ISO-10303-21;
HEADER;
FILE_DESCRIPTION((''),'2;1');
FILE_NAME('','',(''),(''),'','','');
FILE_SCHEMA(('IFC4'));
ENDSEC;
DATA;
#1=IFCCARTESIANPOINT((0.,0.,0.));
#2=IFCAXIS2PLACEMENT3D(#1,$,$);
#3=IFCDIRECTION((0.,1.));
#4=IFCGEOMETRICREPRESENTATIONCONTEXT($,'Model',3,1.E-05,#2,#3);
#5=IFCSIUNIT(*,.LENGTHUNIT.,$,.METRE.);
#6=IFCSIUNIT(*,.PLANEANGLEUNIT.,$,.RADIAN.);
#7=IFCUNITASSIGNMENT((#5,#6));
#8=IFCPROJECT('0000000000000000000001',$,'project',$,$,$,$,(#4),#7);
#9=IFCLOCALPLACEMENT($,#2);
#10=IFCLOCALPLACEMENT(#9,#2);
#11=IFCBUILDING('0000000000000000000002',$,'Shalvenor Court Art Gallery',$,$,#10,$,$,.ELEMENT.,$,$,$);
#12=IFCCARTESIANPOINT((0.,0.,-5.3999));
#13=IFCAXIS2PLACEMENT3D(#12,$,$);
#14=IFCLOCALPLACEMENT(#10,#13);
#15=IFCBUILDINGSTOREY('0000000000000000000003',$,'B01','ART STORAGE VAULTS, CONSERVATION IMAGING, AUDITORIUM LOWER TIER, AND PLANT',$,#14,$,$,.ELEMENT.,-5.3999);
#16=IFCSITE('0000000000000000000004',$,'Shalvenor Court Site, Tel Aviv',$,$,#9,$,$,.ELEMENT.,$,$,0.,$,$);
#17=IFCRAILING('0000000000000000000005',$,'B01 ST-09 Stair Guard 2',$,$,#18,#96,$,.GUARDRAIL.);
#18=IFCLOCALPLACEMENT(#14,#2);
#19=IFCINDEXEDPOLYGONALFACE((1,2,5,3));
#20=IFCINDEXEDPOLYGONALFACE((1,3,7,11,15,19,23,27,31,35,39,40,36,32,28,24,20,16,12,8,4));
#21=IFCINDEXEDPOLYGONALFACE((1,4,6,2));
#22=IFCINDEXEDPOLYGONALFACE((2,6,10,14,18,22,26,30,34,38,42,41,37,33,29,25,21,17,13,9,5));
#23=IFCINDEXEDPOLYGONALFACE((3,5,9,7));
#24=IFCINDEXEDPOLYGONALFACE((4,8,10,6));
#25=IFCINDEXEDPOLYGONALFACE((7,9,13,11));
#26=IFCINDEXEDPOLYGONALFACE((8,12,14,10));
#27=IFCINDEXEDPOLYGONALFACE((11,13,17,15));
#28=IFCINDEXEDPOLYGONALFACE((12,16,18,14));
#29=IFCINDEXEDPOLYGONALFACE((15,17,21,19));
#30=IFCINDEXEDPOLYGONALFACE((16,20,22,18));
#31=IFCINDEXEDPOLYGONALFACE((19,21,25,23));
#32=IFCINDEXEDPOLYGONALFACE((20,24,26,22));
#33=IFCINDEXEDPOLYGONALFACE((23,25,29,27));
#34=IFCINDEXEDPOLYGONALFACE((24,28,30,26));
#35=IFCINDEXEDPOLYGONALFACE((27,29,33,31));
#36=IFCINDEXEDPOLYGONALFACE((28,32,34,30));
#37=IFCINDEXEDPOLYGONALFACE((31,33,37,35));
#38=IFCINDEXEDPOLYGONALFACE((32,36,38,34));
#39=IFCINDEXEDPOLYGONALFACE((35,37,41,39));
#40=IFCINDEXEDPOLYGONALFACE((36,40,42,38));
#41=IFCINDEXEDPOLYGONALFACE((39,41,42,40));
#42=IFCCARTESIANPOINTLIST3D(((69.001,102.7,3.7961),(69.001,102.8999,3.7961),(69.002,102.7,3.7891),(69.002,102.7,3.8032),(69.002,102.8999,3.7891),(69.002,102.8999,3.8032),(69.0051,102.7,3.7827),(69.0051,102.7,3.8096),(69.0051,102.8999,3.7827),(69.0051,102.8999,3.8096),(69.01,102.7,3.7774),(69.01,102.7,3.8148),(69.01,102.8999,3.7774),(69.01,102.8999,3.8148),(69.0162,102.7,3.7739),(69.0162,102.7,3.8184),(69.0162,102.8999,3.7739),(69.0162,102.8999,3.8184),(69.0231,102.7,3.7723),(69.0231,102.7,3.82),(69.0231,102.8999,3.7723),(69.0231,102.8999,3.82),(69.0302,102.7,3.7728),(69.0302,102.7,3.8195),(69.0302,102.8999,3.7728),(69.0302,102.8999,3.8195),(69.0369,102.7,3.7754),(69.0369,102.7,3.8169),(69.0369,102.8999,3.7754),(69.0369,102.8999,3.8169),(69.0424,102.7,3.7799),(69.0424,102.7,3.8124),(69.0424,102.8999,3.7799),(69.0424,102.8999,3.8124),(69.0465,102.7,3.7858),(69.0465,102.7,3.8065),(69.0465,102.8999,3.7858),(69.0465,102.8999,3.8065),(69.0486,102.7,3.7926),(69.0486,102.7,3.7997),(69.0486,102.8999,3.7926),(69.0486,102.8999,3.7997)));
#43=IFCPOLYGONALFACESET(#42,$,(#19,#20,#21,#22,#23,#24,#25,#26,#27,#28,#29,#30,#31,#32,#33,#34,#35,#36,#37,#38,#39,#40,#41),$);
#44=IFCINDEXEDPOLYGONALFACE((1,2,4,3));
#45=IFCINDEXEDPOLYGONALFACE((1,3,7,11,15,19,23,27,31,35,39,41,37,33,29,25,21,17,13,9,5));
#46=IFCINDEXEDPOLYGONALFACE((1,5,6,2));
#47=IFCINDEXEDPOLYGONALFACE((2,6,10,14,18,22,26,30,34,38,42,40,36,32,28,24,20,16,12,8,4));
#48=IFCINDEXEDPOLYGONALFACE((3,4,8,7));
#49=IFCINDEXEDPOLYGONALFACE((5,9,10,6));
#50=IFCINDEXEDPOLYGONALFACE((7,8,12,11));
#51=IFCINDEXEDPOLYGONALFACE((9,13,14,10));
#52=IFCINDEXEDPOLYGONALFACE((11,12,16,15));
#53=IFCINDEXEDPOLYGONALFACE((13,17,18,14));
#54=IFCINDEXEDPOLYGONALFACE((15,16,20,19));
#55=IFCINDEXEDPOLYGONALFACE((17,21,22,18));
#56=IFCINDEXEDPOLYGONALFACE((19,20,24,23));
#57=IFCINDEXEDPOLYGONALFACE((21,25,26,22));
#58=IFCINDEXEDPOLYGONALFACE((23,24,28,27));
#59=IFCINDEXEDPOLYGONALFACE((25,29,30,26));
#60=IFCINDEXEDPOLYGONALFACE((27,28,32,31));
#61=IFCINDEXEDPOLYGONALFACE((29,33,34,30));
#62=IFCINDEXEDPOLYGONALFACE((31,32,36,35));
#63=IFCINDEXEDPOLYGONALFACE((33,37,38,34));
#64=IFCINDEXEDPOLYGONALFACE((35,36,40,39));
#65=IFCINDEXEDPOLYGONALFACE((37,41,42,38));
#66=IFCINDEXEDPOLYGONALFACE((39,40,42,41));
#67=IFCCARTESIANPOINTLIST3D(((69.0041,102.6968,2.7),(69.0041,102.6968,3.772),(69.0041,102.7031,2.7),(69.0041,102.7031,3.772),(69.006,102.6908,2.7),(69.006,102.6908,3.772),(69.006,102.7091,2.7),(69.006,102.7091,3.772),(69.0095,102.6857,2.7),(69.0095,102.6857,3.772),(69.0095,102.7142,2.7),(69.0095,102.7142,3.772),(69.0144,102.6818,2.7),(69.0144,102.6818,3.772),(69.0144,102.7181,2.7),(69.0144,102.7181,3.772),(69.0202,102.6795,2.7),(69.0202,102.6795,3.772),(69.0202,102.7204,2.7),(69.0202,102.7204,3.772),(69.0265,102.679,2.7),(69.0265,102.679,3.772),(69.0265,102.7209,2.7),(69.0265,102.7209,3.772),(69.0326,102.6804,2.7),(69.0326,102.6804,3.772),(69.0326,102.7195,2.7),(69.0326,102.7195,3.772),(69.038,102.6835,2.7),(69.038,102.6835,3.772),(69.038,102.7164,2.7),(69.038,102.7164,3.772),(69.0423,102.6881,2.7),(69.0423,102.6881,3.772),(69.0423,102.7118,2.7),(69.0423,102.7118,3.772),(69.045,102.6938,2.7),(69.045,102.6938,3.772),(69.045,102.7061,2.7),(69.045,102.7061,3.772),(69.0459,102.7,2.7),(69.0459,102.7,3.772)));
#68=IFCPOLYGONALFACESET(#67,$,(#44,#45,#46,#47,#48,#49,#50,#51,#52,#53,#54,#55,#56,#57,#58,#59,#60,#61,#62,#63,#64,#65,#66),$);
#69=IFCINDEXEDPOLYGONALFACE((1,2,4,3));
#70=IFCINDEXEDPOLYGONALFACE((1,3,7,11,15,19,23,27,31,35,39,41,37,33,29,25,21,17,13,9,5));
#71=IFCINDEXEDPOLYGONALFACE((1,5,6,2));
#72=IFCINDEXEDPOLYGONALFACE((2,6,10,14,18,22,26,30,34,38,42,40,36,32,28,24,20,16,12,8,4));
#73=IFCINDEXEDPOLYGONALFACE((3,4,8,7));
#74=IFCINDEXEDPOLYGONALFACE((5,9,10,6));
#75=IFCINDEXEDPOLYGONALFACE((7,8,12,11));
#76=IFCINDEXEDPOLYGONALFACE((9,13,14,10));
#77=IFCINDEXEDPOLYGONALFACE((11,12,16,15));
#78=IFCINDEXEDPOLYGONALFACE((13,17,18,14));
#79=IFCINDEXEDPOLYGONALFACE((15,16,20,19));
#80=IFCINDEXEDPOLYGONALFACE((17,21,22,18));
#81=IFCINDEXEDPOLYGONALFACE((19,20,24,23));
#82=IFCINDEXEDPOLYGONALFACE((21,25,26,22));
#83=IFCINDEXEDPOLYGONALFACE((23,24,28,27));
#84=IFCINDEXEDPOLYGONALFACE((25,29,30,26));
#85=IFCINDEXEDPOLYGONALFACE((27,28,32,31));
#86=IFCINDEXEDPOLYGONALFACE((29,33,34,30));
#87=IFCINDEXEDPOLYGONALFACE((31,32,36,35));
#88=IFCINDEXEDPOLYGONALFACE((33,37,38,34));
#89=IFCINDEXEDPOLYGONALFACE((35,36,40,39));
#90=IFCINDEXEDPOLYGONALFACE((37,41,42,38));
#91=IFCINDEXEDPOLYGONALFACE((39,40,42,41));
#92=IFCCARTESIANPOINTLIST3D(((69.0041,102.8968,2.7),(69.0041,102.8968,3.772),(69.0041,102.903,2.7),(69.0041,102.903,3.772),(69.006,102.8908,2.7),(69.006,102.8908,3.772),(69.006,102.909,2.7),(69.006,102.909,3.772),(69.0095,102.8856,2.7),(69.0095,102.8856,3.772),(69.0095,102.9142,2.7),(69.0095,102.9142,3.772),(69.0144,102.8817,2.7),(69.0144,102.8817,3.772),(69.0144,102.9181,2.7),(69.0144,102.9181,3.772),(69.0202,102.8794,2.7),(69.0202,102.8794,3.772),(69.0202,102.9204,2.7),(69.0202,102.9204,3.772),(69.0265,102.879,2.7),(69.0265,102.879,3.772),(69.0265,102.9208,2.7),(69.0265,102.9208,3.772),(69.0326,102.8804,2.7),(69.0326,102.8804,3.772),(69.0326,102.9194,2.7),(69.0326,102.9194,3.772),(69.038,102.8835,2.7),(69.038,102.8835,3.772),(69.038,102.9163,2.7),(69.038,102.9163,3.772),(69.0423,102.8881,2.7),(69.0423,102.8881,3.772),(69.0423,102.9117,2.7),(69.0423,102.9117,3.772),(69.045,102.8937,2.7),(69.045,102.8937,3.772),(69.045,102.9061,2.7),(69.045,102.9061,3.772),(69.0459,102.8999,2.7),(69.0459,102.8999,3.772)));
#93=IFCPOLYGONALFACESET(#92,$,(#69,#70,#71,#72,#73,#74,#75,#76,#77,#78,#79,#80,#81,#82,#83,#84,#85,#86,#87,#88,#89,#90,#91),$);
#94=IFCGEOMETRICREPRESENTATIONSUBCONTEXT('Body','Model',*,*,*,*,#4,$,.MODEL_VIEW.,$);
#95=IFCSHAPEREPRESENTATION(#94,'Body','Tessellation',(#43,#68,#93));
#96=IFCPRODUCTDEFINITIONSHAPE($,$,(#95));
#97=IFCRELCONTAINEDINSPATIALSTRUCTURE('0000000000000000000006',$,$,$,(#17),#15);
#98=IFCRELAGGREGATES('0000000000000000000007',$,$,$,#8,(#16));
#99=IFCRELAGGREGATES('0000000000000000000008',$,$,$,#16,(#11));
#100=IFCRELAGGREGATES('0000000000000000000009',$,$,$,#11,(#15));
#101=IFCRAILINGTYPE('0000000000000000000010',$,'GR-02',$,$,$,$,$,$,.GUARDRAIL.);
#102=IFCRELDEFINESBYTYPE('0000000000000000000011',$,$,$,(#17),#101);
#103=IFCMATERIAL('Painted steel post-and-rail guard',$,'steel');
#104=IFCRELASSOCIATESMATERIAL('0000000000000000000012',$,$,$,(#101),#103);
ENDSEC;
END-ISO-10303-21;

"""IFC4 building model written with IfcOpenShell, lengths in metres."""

from ifc_helpers import new_model, si_unit, direction, frame, origin, origin_2d, place, context, subcontext, project, spatial, circle, extrude, material, type_object, element, save


model = new_model("IFC4")

# Units and contexts
model_context = context("Model", 3, precision=1e-05, world=origin(), true_north=direction((0.0, 1.0)))
body_context = subcontext(model_context, "Body", "Model", "MODEL_VIEW")
ifc_project = project(units=[si_unit("LENGTHUNIT", "METRE"), si_unit("PLANEANGLEUNIT", "RADIAN")], contexts=[model_context])

# Site, building, storey
site_placement = place(None, origin())
site = spatial("IfcSite", under=ifc_project, at=site_placement, Name="Shalvenor Court Site, Tel Aviv", CompositionType="ELEMENT", RefElevation=0.0)
building_placement = place(site_placement, origin())
building = spatial("IfcBuilding", under=site, at=building_placement, Name="Shalvenor Court Art Gallery", CompositionType="ELEMENT")
storey_placement = place(building_placement, frame((0.0, 0.0, -5.3999)))
storey = spatial("IfcBuildingStorey", under=building, at=storey_placement, Name="B01", Description="ART STORAGE VAULTS, CONSERVATION IMAGING, AUDITORIUM LOWER TIER, AND PLANT", CompositionType="ELEMENT", Elevation=-5.3999)

# Railing
ifc_material_1 = material(Name="Painted steel post-and-rail guard", Category="steel")
railing_type_1 = type_object("IfcRailingType", Name="GR-02", PredefinedType="GUARDRAIL", material=ifc_material_1)
railing_1_placement = place(storey_placement, frame((69.0249, 102.7, 2.7)))
element("IfcRailing", 1, at=railing_1_placement, inside=storey, type_object=railing_type_1, Name="B01 ST-09 Stair Guard 2", PredefinedType="GUARDRAIL", context=body_context, shape_type="SweptSolid", body=[
    extrude(circle(Radius=0.0239, at=origin_2d()), frame((0.0, 0.0, 1.0962), z_axis=(0.0, 1.0, 0.0), x_axis=(-1.0, 0.0, 0.0)), (0.0, 0.0, 1.0), 0.2),
    extrude(circle(Radius=0.021, at=origin_2d()), origin(), (0.0, 0.0, 1.0), 1.072),
    extrude(circle(Radius=0.021, at=origin_2d()), frame((0.0, 0.2, 0.0)), (0.0, 0.0, 1.0), 1.072),
])

save(model, "model.ifc")
